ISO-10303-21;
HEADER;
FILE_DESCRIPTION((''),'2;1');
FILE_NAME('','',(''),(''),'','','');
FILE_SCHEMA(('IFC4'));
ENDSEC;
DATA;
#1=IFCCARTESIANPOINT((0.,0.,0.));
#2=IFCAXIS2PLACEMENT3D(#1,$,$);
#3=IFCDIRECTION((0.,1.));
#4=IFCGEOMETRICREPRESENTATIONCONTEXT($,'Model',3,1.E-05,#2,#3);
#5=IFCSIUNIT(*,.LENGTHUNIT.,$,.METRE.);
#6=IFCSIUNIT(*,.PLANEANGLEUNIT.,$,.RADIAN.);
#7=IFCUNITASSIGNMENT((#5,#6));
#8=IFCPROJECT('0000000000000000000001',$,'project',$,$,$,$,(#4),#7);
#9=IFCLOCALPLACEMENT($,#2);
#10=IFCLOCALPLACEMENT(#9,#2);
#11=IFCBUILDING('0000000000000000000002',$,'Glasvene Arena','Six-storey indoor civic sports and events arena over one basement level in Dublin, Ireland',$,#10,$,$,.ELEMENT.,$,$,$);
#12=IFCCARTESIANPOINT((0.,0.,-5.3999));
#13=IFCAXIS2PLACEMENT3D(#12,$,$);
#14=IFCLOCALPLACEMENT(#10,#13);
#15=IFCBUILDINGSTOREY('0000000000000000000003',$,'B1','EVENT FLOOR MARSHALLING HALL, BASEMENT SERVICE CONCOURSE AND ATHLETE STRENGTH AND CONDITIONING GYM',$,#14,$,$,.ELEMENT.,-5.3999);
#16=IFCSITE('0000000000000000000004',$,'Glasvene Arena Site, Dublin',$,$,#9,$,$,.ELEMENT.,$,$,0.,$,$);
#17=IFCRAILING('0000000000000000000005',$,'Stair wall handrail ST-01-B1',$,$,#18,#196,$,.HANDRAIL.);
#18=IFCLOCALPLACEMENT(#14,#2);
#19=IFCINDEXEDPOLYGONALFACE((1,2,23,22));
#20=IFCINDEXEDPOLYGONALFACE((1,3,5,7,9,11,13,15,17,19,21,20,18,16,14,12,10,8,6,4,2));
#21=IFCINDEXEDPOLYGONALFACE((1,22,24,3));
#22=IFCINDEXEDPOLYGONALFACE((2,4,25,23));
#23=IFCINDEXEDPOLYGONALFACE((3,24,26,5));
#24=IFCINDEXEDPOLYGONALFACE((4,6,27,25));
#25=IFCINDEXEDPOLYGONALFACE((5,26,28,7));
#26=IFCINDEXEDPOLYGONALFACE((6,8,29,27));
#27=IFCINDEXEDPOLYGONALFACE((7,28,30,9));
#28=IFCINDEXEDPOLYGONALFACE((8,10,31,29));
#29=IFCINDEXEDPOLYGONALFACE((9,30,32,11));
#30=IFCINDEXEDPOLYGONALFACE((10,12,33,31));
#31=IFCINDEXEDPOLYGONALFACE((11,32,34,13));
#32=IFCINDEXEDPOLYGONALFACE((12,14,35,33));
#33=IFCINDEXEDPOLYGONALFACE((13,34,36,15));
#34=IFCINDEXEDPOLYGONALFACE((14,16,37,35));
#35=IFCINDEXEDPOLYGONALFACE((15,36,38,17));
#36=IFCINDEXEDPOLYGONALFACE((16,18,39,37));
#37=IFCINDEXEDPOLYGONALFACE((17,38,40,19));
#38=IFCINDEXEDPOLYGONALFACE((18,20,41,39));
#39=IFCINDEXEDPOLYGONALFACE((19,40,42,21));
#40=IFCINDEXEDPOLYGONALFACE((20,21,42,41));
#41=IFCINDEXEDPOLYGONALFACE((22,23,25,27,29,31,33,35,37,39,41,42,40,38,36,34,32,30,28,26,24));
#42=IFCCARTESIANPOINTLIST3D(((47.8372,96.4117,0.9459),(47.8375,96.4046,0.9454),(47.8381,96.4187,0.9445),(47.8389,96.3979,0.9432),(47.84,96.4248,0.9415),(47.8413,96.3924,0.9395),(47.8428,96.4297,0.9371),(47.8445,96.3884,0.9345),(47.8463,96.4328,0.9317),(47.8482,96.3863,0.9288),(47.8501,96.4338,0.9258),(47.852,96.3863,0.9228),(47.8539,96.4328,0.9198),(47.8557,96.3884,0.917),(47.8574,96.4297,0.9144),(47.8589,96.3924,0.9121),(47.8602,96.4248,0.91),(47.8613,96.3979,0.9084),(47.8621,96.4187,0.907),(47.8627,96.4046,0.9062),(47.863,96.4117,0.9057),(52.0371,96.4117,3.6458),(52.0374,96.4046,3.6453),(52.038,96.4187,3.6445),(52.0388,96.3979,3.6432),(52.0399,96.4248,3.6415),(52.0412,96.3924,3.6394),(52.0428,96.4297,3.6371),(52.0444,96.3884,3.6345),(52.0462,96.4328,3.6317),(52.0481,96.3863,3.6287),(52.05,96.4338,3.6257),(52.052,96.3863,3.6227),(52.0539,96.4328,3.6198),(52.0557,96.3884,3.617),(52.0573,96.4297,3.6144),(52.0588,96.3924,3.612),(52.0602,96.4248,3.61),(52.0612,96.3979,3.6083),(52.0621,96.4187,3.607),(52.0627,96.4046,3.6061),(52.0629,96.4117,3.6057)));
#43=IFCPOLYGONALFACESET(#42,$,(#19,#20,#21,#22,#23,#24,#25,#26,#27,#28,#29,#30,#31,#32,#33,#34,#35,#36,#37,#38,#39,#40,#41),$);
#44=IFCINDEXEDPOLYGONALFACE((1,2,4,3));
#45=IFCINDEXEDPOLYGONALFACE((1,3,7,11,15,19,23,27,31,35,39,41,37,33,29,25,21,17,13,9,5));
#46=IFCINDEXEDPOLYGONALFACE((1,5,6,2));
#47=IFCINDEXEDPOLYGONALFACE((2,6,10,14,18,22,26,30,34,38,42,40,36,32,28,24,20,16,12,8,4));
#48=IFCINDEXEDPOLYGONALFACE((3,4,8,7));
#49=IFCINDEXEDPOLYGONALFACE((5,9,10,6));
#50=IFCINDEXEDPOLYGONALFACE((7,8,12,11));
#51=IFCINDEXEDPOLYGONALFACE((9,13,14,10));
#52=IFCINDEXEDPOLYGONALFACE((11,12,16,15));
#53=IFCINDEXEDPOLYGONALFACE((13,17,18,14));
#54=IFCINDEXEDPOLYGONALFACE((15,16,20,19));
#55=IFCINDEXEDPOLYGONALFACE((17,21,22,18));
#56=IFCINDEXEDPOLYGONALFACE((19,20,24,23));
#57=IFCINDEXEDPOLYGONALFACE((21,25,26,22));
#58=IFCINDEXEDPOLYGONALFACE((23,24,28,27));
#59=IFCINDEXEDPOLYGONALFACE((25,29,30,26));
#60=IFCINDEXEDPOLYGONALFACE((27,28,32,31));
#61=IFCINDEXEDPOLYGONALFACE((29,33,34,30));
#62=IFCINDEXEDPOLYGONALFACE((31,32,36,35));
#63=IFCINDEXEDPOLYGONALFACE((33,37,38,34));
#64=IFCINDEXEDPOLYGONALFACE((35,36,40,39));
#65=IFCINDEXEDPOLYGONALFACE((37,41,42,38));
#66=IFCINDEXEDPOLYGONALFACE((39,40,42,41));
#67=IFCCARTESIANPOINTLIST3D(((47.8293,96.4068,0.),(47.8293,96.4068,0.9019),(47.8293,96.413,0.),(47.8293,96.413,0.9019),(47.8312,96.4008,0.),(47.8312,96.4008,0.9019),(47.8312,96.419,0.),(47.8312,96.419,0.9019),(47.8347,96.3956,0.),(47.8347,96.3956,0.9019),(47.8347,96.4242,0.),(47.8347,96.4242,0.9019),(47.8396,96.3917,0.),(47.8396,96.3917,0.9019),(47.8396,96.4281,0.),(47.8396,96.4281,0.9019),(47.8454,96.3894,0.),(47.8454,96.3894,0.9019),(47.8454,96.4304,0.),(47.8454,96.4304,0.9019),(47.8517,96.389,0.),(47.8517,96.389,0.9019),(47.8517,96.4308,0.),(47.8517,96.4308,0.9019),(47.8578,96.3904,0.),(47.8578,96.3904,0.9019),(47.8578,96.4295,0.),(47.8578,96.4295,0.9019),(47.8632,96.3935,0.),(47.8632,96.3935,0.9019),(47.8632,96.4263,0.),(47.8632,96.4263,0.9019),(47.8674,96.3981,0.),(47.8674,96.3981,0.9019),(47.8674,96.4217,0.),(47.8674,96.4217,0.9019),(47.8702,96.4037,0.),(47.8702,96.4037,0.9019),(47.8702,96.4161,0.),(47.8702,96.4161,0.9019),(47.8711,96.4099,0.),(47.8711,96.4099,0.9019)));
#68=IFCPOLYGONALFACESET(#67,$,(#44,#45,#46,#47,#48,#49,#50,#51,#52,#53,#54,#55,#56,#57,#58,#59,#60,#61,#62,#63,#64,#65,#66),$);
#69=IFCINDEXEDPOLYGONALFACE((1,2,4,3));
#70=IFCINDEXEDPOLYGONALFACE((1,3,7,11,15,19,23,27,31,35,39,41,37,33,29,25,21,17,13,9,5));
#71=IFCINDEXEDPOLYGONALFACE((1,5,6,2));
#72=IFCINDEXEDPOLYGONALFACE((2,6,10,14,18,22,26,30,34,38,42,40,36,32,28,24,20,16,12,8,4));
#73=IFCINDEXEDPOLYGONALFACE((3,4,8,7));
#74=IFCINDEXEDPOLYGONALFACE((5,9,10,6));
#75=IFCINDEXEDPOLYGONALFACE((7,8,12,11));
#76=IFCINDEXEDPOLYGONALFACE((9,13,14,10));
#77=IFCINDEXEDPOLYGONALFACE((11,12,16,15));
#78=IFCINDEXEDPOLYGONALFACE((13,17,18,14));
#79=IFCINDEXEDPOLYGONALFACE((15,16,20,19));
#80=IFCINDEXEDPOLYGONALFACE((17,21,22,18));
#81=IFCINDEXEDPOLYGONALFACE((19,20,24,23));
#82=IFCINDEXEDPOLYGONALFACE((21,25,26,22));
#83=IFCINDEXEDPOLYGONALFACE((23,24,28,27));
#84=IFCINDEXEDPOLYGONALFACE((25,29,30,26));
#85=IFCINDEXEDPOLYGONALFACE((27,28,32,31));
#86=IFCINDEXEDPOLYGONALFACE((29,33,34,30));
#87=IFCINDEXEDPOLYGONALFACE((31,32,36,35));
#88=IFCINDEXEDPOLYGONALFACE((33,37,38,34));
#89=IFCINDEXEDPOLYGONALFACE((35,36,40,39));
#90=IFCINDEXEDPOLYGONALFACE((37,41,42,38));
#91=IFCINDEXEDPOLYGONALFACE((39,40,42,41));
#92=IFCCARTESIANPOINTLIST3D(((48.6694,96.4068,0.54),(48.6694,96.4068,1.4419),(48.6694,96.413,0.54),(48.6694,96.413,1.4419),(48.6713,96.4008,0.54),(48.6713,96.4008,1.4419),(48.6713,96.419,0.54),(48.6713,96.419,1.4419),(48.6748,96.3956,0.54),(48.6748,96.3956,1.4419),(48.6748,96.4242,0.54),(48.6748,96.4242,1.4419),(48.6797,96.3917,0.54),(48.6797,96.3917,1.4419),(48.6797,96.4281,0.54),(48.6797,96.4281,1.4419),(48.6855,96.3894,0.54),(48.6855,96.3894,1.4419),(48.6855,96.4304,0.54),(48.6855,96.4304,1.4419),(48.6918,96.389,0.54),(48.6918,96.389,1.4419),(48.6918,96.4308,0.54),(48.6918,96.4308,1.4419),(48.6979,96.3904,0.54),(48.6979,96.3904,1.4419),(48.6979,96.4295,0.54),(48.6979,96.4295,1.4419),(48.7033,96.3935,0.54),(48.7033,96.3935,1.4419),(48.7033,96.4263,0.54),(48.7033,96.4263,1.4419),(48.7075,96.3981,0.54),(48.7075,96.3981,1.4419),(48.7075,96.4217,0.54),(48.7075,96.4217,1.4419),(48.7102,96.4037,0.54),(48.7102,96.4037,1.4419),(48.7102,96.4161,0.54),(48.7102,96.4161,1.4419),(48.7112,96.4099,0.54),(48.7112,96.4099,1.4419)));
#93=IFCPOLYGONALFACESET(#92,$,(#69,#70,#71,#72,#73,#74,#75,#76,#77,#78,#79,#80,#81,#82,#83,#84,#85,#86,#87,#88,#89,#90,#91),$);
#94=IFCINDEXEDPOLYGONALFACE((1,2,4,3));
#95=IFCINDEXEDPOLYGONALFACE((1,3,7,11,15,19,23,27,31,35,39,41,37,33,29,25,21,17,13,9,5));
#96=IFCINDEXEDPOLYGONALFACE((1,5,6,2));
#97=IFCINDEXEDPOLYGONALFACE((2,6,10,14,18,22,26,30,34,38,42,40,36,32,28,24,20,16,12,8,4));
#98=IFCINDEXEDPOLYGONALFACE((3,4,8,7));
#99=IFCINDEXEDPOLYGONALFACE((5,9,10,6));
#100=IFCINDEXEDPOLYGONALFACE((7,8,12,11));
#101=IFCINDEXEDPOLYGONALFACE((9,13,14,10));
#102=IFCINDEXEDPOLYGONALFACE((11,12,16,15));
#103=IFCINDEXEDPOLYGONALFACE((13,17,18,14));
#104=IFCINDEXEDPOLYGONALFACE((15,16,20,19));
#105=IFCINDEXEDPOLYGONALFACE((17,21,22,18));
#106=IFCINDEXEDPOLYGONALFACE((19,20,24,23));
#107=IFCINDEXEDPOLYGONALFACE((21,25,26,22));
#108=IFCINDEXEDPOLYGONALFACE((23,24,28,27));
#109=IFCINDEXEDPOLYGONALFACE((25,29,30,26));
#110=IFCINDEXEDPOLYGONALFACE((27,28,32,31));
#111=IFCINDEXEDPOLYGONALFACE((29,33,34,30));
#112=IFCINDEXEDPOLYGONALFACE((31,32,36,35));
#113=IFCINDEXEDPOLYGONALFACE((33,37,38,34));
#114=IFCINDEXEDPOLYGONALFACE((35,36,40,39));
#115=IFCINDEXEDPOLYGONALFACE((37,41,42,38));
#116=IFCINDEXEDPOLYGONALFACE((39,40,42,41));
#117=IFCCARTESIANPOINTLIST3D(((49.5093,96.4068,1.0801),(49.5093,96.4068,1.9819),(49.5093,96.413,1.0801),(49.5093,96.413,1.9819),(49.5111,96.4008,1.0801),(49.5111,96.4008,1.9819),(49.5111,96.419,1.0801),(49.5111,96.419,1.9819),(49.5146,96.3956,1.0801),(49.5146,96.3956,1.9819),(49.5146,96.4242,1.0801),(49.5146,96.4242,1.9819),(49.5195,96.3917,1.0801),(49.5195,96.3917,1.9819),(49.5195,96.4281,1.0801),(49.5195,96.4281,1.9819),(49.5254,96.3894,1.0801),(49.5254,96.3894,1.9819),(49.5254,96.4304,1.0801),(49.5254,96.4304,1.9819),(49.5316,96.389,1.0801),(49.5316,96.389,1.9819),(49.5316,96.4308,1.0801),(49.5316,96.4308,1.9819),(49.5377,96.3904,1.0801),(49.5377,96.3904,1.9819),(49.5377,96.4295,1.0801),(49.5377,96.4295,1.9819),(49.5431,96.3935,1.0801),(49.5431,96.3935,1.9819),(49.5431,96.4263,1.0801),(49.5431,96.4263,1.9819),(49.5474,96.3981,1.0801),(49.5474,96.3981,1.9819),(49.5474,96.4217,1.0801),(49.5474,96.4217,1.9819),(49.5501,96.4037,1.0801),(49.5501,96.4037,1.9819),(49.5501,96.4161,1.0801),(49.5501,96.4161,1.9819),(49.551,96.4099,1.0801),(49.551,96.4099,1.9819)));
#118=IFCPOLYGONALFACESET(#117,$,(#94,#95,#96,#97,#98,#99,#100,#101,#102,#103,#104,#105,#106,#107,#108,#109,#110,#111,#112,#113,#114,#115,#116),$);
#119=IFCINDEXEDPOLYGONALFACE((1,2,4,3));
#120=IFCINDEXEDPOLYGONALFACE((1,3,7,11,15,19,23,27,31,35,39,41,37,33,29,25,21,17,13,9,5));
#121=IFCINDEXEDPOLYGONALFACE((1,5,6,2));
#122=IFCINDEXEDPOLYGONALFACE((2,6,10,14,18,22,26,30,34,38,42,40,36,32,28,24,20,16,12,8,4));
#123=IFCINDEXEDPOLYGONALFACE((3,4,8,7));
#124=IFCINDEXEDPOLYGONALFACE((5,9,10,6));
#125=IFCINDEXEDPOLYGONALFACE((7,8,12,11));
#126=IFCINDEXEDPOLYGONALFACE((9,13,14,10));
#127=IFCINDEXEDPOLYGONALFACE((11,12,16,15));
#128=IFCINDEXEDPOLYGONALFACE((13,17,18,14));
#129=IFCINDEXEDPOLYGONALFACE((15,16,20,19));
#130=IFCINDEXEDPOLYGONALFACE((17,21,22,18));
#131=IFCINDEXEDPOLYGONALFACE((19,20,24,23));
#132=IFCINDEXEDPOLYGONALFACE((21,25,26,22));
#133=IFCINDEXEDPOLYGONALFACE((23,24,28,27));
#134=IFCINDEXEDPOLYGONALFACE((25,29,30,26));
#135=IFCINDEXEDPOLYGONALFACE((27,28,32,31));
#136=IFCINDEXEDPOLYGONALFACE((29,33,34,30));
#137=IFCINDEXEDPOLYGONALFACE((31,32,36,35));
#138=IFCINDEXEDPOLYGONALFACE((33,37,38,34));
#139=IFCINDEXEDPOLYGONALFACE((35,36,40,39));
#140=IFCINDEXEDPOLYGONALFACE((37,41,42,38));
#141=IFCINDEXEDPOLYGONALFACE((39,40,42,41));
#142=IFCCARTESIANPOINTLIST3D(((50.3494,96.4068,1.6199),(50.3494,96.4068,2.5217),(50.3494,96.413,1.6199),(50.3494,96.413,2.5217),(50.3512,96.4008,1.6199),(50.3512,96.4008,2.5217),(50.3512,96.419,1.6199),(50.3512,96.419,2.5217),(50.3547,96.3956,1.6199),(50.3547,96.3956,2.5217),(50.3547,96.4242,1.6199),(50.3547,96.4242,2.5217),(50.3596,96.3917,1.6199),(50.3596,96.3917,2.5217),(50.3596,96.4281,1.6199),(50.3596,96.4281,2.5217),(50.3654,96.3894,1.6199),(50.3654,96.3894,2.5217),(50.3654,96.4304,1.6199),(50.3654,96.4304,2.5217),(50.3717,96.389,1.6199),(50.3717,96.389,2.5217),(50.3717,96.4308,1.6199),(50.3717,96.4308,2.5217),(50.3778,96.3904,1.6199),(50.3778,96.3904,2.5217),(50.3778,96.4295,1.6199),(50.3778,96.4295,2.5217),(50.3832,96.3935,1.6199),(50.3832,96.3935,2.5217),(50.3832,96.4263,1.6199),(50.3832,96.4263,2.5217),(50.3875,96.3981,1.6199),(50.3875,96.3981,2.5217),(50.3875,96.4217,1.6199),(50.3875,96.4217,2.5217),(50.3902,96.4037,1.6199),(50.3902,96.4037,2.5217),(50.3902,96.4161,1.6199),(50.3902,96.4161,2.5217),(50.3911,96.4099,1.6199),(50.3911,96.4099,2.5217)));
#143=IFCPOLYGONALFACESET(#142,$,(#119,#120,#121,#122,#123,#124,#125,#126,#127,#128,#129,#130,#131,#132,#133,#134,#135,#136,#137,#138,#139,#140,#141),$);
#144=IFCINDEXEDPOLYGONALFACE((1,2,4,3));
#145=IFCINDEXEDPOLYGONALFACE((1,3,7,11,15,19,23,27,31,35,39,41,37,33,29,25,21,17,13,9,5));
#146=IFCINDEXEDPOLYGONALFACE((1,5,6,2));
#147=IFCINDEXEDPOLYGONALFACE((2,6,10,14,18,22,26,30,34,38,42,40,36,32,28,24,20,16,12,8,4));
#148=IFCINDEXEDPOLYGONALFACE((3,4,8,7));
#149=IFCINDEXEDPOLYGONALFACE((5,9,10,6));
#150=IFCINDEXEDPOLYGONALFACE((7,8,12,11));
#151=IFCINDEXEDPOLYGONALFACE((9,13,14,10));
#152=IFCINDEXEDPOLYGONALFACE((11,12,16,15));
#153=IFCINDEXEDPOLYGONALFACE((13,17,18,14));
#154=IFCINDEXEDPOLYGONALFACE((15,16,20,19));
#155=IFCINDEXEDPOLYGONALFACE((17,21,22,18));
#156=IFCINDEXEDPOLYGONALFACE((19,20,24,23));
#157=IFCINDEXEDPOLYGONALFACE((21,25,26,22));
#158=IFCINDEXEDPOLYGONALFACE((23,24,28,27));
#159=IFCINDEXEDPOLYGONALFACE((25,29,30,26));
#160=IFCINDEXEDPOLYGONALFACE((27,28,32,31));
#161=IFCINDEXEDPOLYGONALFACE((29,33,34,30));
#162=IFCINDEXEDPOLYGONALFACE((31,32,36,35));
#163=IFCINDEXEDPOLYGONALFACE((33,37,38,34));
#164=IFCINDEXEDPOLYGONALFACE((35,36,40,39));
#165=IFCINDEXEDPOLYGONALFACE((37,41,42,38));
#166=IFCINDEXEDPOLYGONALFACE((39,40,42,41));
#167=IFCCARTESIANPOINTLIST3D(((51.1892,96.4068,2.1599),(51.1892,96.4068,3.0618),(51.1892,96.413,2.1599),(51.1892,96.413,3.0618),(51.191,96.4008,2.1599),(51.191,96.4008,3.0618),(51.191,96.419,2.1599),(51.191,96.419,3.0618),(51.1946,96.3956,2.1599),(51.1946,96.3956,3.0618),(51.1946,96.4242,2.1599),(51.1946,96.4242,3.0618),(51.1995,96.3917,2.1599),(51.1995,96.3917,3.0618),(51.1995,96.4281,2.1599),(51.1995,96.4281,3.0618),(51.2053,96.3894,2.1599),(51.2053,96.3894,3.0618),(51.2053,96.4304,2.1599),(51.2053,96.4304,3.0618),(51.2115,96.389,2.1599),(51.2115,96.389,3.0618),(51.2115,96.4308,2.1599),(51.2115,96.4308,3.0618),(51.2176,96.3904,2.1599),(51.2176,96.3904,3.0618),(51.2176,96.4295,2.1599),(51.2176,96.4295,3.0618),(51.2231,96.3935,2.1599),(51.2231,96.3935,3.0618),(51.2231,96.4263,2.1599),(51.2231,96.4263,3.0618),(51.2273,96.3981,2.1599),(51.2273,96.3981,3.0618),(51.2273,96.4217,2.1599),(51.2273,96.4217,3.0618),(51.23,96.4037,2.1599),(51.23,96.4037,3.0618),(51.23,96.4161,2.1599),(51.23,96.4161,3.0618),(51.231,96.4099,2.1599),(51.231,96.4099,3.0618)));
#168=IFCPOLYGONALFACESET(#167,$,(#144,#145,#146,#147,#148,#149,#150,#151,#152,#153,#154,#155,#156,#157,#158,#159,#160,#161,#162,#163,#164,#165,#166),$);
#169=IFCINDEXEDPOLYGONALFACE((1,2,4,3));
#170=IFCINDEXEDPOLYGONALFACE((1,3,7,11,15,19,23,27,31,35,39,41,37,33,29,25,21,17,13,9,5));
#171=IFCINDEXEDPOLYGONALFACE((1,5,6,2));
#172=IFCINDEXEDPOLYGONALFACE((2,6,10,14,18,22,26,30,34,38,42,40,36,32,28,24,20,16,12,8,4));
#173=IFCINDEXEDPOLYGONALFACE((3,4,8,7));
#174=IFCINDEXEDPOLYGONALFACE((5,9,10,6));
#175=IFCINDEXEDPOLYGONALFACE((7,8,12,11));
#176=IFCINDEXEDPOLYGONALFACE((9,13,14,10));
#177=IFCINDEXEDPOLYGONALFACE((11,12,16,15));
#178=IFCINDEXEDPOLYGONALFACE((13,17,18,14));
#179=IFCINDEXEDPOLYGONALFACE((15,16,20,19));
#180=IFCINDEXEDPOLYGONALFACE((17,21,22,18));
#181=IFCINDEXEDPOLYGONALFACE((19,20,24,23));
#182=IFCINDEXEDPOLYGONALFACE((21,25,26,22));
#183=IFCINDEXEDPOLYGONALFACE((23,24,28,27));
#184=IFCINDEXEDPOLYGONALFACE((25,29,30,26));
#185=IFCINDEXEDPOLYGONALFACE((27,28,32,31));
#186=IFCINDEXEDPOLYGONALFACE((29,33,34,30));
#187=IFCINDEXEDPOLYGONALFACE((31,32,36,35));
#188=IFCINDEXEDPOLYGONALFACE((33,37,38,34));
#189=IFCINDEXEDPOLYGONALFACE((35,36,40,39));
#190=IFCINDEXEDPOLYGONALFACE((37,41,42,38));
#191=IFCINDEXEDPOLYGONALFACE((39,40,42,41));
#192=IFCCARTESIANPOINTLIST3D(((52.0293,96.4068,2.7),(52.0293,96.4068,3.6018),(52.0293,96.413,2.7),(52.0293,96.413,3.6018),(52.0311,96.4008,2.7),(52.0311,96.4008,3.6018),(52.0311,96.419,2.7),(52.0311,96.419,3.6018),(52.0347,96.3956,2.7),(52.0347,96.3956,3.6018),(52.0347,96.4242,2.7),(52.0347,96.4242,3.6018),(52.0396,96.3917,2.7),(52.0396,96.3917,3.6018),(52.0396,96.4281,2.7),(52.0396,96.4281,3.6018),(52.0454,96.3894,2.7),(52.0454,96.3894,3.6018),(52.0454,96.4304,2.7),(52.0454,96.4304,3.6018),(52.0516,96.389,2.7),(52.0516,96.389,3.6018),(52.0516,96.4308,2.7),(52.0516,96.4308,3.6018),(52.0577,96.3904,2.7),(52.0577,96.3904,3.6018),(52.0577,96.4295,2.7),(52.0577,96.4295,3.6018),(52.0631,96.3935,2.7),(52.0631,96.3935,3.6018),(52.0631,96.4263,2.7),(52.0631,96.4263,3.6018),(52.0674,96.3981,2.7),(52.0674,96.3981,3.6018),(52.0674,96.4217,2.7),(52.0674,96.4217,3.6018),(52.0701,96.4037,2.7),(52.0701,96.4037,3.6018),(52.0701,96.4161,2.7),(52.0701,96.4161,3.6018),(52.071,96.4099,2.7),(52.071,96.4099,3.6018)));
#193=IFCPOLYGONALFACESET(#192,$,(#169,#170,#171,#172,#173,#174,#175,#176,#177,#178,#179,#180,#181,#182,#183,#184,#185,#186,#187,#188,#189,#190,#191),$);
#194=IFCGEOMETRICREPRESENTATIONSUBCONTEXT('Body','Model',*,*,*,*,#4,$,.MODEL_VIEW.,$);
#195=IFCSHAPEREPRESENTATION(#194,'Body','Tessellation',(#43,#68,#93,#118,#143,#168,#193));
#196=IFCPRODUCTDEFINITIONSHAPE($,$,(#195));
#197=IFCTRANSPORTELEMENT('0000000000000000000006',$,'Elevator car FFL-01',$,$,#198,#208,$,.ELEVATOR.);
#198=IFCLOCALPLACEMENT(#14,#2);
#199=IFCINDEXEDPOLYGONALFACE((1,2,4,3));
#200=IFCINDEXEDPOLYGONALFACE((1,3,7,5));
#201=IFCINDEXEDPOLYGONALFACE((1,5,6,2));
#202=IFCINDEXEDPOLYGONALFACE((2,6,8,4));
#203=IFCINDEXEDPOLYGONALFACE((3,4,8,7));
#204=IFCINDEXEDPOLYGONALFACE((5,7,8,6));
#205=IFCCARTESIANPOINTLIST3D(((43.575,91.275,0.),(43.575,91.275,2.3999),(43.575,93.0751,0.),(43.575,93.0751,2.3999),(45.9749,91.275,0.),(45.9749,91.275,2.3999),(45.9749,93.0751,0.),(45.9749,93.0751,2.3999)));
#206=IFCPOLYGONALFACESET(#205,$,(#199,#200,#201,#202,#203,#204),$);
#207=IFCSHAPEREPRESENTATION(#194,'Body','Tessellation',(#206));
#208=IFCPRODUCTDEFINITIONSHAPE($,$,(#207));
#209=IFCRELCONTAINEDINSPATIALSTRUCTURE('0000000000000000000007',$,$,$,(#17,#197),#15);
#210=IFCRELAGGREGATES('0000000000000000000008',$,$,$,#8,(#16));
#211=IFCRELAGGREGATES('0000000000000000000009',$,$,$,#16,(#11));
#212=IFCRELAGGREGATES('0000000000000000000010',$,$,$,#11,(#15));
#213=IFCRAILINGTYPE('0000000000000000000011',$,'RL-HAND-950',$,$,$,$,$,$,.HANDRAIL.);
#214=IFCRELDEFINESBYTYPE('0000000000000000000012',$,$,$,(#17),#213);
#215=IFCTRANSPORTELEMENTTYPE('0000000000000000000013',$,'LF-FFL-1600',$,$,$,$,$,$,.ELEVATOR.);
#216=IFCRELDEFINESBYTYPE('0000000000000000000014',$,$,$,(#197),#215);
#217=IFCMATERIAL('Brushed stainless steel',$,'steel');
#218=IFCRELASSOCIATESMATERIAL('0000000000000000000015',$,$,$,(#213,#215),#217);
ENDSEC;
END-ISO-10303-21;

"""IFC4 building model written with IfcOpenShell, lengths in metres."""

from ifc_helpers import new_model, si_unit, direction, frame, origin, origin_2d, place, context, subcontext, project, spatial, rectangle, circle, extrude, material, type_object, element, save


model = new_model("IFC4")

# Units and contexts
model_context = context("Model", 3, precision=1e-05, world=origin(), true_north=direction((0.0, 1.0)))
body_context = subcontext(model_context, "Body", "Model", "MODEL_VIEW")
ifc_project = project(units=[si_unit("LENGTHUNIT", "METRE"), si_unit("PLANEANGLEUNIT", "RADIAN")], contexts=[model_context])

# Site, building, storey
site_placement = place(None, origin())
site = spatial("IfcSite", under=ifc_project, at=site_placement, Name="Glasvene Arena Site, Dublin", CompositionType="ELEMENT", RefElevation=0.0)
building_placement = place(site_placement, origin())
building = spatial("IfcBuilding", under=site, at=building_placement, Name="Glasvene Arena", Description="Six-storey indoor civic sports and events arena over one basement level in Dublin, Ireland", CompositionType="ELEMENT")
storey_placement = place(building_placement, frame((0.0, 0.0, -5.3999)))
storey = spatial("IfcBuildingStorey", under=building, at=storey_placement, Name="B1", Description="EVENT FLOOR MARSHALLING HALL, BASEMENT SERVICE CONCOURSE AND ATHLETE STRENGTH AND CONDITIONING GYM", CompositionType="ELEMENT", Elevation=-5.3999)

# Shared definitions
ifc_material_1 = material(Name="Brushed stainless steel", Category="steel")

# Railing
railing_type = type_object("IfcRailingType", Name="RL-HAND-950", PredefinedType="HANDRAIL", material=ifc_material_1)
railing_placement = place(storey_placement, frame((47.8501, 96.4099, 0.0)))
element("IfcRailing", 1, at=railing_placement, inside=storey, type_object=railing_type, Name="Stair wall handrail ST-01-B1", PredefinedType="HANDRAIL", context=body_context, shape_type="SweptSolid", body=[
    extrude(circle(Radius=0.0239, at=origin_2d()), frame((0.0, 0.0, 0.9258), z_axis=(0.84118, 0.0, 0.540755), x_axis=(0.0, 1.0, 0.0)), (0.0, 0.0, 1.0), 4.9929),
    extrude(circle(Radius=0.021, at=origin_2d()), origin(), (0.0, 0.0, 1.0), 0.9019),
    extrude(circle(Radius=0.021, at=origin_2d()), frame((0.8401, 0.0, 0.54)), (0.0, 0.0, 1.0), 0.9019),
    extrude(circle(Radius=0.021, at=origin_2d()), frame((1.6799, 0.0, 1.0801)), (0.0, 0.0, 1.0), 0.9019),
    extrude(circle(Radius=0.021, at=origin_2d()), frame((2.52, 0.0, 1.6199)), (0.0, 0.0, 1.0), 0.9019),
    extrude(circle(Radius=0.021, at=origin_2d()), frame((3.3599, 0.0, 2.1599)), (0.0, 0.0, 1.0), 0.9019),
    extrude(circle(Radius=0.021, at=origin_2d()), frame((4.2, 0.0, 2.7)), (0.0, 0.0, 1.0), 0.9019),
])

# Transport element
transport_element_type_1 = type_object("IfcTransportElementType", Name="LF-FFL-1600", PredefinedType="ELEVATOR", material=ifc_material_1)
transport_element_1_placement = place(storey_placement, frame((44.7749, 92.175, 0.0), z_axis=(0.0, 0.0, 1.0), x_axis=(1.0, 0.0, 0.0)))
element("IfcTransportElement", 2, at=transport_element_1_placement, inside=storey, type_object=transport_element_type_1, Name="Elevator car FFL-01", PredefinedType="ELEVATOR", context=body_context, shape_type="SweptSolid", body=[
    extrude(rectangle(XDim=2.3999, YDim=1.8, at=origin_2d()), origin(), (0.0, 0.0, 1.0), 2.3999),
])

save(model, "model.ifc")
